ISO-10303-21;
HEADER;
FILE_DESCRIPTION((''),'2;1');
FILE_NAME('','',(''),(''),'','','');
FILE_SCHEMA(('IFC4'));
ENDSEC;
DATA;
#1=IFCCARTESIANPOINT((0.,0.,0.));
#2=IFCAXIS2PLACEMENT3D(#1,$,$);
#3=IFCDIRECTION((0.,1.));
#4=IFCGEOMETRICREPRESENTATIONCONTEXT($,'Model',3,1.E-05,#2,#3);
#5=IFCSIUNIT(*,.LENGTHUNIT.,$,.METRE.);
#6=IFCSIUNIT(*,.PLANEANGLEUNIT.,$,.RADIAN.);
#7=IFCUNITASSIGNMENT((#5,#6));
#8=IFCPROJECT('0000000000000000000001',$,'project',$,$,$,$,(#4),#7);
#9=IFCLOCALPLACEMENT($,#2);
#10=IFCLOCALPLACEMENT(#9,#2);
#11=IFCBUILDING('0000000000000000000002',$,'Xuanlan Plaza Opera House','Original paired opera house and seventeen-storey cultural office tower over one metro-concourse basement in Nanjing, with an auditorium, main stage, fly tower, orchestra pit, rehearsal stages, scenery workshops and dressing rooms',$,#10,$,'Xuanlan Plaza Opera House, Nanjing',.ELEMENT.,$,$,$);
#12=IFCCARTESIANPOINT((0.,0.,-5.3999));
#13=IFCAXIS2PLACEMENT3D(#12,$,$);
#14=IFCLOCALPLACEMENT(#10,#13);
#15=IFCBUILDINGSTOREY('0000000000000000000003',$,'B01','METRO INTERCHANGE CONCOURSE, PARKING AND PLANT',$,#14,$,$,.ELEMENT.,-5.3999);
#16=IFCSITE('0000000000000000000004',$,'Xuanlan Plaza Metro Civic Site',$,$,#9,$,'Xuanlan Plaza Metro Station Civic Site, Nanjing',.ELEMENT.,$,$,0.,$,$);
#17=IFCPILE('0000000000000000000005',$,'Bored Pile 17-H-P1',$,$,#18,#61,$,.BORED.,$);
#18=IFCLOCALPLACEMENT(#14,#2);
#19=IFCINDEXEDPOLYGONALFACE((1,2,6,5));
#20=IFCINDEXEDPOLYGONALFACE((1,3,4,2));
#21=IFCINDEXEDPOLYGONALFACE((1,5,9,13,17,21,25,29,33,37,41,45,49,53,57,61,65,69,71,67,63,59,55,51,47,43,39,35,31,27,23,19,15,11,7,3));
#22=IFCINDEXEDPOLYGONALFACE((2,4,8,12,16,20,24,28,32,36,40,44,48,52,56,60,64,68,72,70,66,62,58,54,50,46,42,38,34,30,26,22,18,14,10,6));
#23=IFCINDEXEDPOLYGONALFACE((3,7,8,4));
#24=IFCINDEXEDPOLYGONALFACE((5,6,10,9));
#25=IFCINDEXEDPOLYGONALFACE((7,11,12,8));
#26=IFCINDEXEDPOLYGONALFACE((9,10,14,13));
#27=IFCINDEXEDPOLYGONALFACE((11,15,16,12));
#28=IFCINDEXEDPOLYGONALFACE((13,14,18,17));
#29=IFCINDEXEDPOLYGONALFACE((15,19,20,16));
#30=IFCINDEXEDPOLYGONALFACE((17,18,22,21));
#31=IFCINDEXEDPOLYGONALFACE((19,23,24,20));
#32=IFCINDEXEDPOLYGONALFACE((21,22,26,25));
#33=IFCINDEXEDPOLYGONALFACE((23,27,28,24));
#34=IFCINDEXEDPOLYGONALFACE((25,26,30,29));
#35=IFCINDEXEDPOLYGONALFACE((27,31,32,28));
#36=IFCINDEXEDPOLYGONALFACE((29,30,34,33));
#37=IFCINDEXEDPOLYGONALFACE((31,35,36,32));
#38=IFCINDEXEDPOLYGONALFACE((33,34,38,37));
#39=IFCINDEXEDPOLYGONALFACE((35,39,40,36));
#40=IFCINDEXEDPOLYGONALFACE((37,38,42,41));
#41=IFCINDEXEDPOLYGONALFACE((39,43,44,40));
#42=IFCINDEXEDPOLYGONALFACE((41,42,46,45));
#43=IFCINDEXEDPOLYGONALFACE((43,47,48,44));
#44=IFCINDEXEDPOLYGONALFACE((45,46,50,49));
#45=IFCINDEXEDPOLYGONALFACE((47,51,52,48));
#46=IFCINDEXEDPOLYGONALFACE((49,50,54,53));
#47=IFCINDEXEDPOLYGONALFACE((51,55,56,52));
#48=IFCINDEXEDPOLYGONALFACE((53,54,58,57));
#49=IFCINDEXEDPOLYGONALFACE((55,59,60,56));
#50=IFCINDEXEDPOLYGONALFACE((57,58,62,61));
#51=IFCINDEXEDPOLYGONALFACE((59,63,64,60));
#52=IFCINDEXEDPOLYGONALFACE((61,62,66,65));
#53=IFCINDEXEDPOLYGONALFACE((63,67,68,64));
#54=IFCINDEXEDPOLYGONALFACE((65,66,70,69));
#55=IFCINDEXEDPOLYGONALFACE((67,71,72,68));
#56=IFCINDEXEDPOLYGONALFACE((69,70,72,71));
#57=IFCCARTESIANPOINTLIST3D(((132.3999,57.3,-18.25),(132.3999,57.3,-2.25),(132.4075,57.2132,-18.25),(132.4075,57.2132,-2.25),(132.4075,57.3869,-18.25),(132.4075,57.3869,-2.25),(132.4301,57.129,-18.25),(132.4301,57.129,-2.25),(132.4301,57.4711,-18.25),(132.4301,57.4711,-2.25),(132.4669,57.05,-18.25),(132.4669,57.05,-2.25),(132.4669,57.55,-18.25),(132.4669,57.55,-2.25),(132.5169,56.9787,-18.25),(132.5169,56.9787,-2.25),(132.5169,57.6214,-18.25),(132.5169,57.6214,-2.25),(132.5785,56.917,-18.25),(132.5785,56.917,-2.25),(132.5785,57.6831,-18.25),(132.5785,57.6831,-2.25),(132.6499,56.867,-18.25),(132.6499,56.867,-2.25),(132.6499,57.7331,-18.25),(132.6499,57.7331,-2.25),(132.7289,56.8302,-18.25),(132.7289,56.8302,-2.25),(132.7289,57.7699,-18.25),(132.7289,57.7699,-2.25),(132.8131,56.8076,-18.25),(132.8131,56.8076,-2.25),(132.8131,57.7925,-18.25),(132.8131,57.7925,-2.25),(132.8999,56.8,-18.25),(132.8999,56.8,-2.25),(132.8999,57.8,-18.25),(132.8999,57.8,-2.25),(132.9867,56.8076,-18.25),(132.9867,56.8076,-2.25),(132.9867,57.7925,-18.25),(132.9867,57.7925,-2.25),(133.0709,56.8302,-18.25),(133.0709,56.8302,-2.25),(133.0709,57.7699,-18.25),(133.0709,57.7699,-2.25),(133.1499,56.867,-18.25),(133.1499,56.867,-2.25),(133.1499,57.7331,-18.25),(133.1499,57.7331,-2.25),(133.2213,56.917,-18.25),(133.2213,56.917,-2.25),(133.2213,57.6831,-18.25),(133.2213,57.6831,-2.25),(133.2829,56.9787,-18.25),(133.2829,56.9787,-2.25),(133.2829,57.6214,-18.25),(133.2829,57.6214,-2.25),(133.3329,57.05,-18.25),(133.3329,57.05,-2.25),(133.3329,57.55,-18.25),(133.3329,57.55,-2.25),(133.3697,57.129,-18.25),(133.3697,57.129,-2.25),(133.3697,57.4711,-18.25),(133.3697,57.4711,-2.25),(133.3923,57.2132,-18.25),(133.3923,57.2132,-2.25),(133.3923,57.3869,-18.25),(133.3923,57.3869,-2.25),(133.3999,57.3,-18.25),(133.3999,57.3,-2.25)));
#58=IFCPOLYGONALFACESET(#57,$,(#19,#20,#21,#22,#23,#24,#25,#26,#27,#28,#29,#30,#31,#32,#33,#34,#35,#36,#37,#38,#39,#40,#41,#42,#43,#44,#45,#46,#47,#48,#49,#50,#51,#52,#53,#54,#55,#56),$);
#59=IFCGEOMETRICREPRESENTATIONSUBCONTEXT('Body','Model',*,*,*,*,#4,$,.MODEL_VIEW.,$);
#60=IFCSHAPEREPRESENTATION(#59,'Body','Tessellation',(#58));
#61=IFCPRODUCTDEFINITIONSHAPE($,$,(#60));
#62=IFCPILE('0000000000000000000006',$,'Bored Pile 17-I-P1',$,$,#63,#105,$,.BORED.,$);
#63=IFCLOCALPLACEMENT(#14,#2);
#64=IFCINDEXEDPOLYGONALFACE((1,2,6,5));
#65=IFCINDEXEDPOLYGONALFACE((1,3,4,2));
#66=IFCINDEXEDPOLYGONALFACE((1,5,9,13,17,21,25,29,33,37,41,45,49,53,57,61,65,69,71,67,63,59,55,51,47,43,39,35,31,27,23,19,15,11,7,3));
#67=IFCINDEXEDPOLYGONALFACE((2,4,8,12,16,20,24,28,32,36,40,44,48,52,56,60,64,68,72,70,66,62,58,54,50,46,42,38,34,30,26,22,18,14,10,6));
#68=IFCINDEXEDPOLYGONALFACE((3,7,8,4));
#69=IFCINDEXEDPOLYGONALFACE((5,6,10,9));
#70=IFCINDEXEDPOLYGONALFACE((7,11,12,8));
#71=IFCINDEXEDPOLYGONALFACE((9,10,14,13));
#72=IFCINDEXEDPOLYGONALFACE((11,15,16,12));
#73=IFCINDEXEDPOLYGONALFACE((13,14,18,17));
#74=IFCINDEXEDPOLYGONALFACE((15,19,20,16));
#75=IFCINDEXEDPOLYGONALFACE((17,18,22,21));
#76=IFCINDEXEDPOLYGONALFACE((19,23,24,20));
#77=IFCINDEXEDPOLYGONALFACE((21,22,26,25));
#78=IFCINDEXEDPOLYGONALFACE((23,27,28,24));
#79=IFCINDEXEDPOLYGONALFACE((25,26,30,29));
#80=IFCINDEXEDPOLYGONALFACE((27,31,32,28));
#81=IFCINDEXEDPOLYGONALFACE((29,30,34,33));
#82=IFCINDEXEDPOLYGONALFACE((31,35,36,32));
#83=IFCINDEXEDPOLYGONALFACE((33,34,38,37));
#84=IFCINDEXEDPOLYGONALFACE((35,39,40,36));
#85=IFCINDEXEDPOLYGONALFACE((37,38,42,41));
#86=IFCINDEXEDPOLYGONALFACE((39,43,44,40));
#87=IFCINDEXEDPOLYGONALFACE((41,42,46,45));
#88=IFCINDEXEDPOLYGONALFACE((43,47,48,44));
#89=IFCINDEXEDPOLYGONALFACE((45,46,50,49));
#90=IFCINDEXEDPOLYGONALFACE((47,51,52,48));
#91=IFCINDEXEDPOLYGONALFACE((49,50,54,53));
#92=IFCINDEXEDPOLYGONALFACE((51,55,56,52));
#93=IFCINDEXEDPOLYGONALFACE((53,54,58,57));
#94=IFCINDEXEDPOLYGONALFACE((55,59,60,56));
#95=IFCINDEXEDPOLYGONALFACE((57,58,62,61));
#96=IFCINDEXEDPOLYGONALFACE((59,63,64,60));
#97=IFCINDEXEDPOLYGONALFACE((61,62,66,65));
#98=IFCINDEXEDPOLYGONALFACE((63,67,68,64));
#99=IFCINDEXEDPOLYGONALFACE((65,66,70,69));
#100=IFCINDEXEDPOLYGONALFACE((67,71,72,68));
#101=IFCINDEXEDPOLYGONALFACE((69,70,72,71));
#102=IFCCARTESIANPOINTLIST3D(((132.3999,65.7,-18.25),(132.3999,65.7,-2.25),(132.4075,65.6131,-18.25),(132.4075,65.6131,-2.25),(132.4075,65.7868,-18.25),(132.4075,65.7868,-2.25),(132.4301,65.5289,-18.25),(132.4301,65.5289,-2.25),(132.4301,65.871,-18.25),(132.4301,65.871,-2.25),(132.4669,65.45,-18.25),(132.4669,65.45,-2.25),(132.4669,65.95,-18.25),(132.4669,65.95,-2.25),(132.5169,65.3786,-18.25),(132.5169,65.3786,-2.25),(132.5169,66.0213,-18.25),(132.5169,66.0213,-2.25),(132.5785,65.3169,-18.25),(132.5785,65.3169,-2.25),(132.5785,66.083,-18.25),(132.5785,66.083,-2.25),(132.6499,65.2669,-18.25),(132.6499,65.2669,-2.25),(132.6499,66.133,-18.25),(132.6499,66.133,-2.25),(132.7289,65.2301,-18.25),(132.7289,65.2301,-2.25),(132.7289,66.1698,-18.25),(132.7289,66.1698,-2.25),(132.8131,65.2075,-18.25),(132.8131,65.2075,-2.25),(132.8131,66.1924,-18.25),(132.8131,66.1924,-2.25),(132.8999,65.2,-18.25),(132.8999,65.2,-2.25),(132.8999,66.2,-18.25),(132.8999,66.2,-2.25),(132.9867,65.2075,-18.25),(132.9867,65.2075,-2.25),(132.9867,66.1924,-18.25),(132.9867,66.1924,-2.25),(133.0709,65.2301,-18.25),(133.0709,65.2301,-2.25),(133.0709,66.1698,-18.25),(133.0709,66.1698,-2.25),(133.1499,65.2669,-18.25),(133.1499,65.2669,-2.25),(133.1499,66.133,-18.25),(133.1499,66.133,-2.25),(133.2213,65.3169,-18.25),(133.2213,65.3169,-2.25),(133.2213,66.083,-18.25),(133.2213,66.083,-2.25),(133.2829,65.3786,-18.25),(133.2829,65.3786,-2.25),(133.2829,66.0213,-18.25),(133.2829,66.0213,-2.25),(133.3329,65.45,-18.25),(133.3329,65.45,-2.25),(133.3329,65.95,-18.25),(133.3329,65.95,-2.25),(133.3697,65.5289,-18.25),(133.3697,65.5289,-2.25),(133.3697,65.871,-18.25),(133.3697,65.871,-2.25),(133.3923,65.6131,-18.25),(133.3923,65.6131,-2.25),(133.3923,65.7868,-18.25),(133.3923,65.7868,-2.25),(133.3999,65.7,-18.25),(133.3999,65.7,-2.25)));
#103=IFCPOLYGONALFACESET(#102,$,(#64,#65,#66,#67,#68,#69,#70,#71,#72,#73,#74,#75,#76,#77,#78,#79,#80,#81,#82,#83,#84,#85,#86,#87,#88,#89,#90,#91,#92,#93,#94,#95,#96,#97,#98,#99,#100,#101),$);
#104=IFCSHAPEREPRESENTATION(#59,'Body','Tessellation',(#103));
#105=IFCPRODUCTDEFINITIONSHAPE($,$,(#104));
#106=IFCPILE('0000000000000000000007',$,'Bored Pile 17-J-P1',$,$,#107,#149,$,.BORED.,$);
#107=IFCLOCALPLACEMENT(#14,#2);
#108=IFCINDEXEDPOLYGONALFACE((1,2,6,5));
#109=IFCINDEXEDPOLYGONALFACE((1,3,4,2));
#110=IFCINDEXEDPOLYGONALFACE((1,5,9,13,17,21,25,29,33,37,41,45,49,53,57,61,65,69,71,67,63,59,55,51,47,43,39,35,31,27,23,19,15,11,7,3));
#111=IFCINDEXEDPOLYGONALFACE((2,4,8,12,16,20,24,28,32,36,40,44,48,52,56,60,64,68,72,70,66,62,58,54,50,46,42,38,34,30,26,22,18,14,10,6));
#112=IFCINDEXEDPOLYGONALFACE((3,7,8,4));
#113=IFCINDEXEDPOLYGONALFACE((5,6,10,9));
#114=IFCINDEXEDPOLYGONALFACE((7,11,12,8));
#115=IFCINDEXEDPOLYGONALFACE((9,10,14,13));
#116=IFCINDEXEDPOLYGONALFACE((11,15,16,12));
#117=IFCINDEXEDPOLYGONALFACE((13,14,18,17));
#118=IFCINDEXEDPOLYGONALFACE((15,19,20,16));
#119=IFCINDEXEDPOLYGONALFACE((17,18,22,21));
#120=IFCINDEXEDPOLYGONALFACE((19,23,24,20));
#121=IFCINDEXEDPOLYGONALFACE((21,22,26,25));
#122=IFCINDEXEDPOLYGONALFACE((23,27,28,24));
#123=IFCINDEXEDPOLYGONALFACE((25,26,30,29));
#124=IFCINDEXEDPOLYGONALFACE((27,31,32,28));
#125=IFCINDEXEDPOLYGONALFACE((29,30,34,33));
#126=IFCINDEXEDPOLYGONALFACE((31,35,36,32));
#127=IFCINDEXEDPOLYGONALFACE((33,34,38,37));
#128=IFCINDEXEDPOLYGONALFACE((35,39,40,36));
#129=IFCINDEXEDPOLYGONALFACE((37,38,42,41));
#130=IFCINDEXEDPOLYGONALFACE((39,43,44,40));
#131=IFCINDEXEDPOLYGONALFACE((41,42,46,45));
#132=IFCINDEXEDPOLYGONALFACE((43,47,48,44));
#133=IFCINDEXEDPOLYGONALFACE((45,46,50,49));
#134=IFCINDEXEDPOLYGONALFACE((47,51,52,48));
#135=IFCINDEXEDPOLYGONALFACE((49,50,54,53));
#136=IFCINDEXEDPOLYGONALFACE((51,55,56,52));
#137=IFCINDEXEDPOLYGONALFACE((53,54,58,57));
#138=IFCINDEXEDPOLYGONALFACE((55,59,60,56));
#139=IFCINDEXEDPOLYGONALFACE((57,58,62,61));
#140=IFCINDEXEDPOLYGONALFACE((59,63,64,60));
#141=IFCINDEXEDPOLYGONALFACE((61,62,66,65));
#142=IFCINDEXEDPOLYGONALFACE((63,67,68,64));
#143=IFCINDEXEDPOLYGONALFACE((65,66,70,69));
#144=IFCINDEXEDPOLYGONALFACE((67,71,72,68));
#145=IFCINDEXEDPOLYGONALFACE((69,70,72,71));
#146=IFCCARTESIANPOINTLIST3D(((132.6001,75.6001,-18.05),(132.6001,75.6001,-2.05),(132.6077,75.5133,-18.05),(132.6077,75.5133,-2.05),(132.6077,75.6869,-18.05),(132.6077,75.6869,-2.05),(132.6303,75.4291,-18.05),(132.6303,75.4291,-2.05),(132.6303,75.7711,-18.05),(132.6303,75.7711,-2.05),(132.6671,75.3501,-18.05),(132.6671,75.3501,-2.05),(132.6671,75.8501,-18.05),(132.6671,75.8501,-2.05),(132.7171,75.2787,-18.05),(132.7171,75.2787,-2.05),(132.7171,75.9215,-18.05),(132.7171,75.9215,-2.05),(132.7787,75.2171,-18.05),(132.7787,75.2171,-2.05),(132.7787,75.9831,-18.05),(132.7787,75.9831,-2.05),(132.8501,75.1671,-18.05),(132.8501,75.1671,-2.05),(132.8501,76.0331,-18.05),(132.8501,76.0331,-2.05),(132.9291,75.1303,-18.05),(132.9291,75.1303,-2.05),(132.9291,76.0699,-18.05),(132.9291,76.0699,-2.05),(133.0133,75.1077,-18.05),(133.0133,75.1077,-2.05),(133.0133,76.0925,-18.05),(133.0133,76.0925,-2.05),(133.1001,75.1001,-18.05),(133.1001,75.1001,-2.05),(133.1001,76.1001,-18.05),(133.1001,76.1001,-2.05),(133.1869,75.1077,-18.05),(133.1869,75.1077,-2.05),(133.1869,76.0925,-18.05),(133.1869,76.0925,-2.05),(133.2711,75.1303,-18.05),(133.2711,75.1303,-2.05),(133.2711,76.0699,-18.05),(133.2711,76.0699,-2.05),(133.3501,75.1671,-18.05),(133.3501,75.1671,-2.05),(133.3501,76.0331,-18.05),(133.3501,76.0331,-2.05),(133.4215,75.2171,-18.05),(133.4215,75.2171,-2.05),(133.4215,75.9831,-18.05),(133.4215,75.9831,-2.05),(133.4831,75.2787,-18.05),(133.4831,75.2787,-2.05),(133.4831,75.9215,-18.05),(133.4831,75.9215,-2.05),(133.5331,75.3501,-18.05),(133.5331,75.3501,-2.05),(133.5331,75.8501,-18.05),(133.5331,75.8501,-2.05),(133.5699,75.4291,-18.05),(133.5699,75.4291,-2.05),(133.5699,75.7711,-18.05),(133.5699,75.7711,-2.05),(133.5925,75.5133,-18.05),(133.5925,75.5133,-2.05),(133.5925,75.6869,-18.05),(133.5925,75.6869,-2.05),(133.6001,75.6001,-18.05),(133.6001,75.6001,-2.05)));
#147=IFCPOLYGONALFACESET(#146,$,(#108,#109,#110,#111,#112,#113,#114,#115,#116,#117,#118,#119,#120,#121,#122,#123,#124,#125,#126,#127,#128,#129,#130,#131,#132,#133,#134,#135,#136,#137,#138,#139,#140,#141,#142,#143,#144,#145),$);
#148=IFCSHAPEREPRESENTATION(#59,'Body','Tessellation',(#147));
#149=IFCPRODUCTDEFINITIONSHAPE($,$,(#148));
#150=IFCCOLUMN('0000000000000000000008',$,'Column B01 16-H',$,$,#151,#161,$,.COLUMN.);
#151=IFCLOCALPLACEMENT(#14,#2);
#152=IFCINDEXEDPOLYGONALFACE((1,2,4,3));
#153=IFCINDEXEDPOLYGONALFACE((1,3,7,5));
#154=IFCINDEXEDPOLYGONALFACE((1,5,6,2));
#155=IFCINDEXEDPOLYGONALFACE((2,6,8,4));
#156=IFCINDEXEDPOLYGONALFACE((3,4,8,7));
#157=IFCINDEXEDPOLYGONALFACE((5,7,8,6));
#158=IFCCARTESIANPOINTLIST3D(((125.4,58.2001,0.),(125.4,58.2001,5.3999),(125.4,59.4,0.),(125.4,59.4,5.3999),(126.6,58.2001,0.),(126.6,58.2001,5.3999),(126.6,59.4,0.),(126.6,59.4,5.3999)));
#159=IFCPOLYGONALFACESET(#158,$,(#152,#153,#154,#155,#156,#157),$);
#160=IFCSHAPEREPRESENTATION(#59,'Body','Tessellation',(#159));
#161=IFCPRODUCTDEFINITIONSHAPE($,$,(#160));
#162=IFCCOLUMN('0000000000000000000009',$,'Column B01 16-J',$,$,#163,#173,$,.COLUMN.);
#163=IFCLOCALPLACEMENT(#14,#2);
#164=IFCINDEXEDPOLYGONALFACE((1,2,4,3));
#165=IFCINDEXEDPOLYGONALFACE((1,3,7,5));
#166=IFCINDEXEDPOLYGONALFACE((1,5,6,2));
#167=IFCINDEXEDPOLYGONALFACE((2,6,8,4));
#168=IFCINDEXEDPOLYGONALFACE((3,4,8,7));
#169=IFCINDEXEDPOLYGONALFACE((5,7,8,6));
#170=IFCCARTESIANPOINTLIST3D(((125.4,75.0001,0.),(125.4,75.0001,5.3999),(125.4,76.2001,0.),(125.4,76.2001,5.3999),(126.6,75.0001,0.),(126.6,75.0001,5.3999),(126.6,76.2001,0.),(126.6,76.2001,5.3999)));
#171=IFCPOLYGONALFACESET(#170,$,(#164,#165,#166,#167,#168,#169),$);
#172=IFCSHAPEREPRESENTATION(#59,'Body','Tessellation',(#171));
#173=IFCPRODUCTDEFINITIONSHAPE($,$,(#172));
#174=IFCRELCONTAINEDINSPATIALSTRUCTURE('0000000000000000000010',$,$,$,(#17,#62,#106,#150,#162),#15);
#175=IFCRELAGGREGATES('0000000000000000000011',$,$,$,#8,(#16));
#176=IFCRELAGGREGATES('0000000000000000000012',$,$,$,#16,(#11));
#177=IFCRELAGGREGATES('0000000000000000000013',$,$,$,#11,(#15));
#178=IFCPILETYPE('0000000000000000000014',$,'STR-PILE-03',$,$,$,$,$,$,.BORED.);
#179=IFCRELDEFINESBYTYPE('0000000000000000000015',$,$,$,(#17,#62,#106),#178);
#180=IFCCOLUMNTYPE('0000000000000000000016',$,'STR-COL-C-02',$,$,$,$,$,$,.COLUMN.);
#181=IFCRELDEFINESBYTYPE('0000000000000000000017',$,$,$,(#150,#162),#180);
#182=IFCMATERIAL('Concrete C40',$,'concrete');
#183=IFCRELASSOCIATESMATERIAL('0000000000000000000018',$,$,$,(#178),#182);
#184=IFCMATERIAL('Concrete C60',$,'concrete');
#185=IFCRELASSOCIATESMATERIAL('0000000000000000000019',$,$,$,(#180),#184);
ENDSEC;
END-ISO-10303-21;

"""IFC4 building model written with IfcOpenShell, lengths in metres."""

from ifc_helpers import new_model, si_unit, direction, frame, origin, origin_2d, place, context, subcontext, project, spatial, rectangle, circle, extrude, material, material_profile, profile_set, type_object, element, save


model = new_model("IFC4")

# Units and contexts
model_context = context("Model", 3, precision=1e-05, world=origin(), true_north=direction((0.0, 1.0)))
body_context = subcontext(model_context, "Body", "Model", "MODEL_VIEW")
ifc_project = project(units=[si_unit("LENGTHUNIT", "METRE"), si_unit("PLANEANGLEUNIT", "RADIAN")], contexts=[model_context])

# Site, building, storey
site_placement = place(None, origin())
site = spatial("IfcSite", under=ifc_project, at=site_placement, Name="Xuanlan Plaza Metro Civic Site", LongName="Xuanlan Plaza Metro Station Civic Site, Nanjing", CompositionType="ELEMENT", RefElevation=0.0)
building_placement = place(site_placement, origin())
building = spatial("IfcBuilding", under=site, at=building_placement, Name="Xuanlan Plaza Opera House", Description="Original paired opera house and seventeen-storey cultural office tower over one metro-concourse basement in Nanjing, with an auditorium, main stage, fly tower, orchestra pit, rehearsal stages, scenery workshops and dressing rooms", LongName="Xuanlan Plaza Opera House, Nanjing", CompositionType="ELEMENT")
storey_placement = place(building_placement, frame((0.0, 0.0, -5.3999)))
storey = spatial("IfcBuildingStorey", under=building, at=storey_placement, Name="B01", Description="METRO INTERCHANGE CONCOURSE, PARKING AND PLANT", CompositionType="ELEMENT", Elevation=-5.3999)

# Piles
ifc_material_1 = material(Name="Concrete C40", Category="concrete")
ifc_material_profile_1 = material_profile(ifc_material_1, circle(Radius=0.5, at=origin_2d()), Name="PILE D1000")
ifc_profile_set_1 = profile_set([ifc_material_profile_1], Name="Concrete C40")
pile_type = type_object("IfcPileType", Name="STR-PILE-03", PredefinedType="BORED", material=ifc_profile_set_1)
for number, where, z_axis, x_axis, name in (
    (1, (132.8999, 57.3, -2.25), (0.0, 0.0, -1.0), (1.0, 0.0, 0.0), "Bored Pile 17-H-P1"),
    (2, (132.8999, 65.7, -2.25), (0.0, 0.0, -1.0), (1.0, 0.0, 0.0), "Bored Pile 17-I-P1"),
    (3, (133.1001, 75.6001, -2.05), (0.0, 0.0, -1.0), (1.0, 0.0, 0.0), "Bored Pile 17-J-P1"),
):
    element("IfcPile", number, at=place(storey_placement, frame(where, z_axis=z_axis, x_axis=x_axis)), inside=storey, type_object=pile_type, Name=name, PredefinedType="BORED", context=body_context, shape_type="SweptSolid", body=[
        extrude(circle(Radius=0.5, at=origin_2d()), origin(), (0.0, 0.0, 1.0), 16.0),
    ])

# Columns
ifc_material_2 = material(Name="Concrete C60", Category="concrete")
ifc_material_profile_2 = material_profile(ifc_material_2, rectangle(XDim=1.2, YDim=1.2, at=origin_2d()), Name="RC-COL 1200x1200")
ifc_profile_set_2 = profile_set([ifc_material_profile_2], Name="Concrete C60")
column_type_1 = type_object("IfcColumnType", Name="STR-COL-C-02", PredefinedType="COLUMN", material=ifc_profile_set_2)
for number, where, z_axis, x_axis, name in (
    (4, (126.0, 58.8, 0.0), (0.0, 0.0, 1.0), (1.0, 0.0, 0.0), "Column B01 16-H"),
    (5, (126.0, 75.6001, 0.0), (0.0, 0.0, 1.0), (1.0, 0.0, 0.0), "Column B01 16-J"),
):
    element("IfcColumn", number, at=place(storey_placement, frame(where, z_axis=z_axis, x_axis=x_axis)), inside=storey, type_object=column_type_1, Name=name, PredefinedType="COLUMN", context=body_context, shape_type="SweptSolid", body=[
        extrude(rectangle(XDim=1.2, YDim=1.2, at=origin_2d()), origin(), (0.0, 0.0, 1.0), 5.3999),
    ])

save(model, "model.ifc")
